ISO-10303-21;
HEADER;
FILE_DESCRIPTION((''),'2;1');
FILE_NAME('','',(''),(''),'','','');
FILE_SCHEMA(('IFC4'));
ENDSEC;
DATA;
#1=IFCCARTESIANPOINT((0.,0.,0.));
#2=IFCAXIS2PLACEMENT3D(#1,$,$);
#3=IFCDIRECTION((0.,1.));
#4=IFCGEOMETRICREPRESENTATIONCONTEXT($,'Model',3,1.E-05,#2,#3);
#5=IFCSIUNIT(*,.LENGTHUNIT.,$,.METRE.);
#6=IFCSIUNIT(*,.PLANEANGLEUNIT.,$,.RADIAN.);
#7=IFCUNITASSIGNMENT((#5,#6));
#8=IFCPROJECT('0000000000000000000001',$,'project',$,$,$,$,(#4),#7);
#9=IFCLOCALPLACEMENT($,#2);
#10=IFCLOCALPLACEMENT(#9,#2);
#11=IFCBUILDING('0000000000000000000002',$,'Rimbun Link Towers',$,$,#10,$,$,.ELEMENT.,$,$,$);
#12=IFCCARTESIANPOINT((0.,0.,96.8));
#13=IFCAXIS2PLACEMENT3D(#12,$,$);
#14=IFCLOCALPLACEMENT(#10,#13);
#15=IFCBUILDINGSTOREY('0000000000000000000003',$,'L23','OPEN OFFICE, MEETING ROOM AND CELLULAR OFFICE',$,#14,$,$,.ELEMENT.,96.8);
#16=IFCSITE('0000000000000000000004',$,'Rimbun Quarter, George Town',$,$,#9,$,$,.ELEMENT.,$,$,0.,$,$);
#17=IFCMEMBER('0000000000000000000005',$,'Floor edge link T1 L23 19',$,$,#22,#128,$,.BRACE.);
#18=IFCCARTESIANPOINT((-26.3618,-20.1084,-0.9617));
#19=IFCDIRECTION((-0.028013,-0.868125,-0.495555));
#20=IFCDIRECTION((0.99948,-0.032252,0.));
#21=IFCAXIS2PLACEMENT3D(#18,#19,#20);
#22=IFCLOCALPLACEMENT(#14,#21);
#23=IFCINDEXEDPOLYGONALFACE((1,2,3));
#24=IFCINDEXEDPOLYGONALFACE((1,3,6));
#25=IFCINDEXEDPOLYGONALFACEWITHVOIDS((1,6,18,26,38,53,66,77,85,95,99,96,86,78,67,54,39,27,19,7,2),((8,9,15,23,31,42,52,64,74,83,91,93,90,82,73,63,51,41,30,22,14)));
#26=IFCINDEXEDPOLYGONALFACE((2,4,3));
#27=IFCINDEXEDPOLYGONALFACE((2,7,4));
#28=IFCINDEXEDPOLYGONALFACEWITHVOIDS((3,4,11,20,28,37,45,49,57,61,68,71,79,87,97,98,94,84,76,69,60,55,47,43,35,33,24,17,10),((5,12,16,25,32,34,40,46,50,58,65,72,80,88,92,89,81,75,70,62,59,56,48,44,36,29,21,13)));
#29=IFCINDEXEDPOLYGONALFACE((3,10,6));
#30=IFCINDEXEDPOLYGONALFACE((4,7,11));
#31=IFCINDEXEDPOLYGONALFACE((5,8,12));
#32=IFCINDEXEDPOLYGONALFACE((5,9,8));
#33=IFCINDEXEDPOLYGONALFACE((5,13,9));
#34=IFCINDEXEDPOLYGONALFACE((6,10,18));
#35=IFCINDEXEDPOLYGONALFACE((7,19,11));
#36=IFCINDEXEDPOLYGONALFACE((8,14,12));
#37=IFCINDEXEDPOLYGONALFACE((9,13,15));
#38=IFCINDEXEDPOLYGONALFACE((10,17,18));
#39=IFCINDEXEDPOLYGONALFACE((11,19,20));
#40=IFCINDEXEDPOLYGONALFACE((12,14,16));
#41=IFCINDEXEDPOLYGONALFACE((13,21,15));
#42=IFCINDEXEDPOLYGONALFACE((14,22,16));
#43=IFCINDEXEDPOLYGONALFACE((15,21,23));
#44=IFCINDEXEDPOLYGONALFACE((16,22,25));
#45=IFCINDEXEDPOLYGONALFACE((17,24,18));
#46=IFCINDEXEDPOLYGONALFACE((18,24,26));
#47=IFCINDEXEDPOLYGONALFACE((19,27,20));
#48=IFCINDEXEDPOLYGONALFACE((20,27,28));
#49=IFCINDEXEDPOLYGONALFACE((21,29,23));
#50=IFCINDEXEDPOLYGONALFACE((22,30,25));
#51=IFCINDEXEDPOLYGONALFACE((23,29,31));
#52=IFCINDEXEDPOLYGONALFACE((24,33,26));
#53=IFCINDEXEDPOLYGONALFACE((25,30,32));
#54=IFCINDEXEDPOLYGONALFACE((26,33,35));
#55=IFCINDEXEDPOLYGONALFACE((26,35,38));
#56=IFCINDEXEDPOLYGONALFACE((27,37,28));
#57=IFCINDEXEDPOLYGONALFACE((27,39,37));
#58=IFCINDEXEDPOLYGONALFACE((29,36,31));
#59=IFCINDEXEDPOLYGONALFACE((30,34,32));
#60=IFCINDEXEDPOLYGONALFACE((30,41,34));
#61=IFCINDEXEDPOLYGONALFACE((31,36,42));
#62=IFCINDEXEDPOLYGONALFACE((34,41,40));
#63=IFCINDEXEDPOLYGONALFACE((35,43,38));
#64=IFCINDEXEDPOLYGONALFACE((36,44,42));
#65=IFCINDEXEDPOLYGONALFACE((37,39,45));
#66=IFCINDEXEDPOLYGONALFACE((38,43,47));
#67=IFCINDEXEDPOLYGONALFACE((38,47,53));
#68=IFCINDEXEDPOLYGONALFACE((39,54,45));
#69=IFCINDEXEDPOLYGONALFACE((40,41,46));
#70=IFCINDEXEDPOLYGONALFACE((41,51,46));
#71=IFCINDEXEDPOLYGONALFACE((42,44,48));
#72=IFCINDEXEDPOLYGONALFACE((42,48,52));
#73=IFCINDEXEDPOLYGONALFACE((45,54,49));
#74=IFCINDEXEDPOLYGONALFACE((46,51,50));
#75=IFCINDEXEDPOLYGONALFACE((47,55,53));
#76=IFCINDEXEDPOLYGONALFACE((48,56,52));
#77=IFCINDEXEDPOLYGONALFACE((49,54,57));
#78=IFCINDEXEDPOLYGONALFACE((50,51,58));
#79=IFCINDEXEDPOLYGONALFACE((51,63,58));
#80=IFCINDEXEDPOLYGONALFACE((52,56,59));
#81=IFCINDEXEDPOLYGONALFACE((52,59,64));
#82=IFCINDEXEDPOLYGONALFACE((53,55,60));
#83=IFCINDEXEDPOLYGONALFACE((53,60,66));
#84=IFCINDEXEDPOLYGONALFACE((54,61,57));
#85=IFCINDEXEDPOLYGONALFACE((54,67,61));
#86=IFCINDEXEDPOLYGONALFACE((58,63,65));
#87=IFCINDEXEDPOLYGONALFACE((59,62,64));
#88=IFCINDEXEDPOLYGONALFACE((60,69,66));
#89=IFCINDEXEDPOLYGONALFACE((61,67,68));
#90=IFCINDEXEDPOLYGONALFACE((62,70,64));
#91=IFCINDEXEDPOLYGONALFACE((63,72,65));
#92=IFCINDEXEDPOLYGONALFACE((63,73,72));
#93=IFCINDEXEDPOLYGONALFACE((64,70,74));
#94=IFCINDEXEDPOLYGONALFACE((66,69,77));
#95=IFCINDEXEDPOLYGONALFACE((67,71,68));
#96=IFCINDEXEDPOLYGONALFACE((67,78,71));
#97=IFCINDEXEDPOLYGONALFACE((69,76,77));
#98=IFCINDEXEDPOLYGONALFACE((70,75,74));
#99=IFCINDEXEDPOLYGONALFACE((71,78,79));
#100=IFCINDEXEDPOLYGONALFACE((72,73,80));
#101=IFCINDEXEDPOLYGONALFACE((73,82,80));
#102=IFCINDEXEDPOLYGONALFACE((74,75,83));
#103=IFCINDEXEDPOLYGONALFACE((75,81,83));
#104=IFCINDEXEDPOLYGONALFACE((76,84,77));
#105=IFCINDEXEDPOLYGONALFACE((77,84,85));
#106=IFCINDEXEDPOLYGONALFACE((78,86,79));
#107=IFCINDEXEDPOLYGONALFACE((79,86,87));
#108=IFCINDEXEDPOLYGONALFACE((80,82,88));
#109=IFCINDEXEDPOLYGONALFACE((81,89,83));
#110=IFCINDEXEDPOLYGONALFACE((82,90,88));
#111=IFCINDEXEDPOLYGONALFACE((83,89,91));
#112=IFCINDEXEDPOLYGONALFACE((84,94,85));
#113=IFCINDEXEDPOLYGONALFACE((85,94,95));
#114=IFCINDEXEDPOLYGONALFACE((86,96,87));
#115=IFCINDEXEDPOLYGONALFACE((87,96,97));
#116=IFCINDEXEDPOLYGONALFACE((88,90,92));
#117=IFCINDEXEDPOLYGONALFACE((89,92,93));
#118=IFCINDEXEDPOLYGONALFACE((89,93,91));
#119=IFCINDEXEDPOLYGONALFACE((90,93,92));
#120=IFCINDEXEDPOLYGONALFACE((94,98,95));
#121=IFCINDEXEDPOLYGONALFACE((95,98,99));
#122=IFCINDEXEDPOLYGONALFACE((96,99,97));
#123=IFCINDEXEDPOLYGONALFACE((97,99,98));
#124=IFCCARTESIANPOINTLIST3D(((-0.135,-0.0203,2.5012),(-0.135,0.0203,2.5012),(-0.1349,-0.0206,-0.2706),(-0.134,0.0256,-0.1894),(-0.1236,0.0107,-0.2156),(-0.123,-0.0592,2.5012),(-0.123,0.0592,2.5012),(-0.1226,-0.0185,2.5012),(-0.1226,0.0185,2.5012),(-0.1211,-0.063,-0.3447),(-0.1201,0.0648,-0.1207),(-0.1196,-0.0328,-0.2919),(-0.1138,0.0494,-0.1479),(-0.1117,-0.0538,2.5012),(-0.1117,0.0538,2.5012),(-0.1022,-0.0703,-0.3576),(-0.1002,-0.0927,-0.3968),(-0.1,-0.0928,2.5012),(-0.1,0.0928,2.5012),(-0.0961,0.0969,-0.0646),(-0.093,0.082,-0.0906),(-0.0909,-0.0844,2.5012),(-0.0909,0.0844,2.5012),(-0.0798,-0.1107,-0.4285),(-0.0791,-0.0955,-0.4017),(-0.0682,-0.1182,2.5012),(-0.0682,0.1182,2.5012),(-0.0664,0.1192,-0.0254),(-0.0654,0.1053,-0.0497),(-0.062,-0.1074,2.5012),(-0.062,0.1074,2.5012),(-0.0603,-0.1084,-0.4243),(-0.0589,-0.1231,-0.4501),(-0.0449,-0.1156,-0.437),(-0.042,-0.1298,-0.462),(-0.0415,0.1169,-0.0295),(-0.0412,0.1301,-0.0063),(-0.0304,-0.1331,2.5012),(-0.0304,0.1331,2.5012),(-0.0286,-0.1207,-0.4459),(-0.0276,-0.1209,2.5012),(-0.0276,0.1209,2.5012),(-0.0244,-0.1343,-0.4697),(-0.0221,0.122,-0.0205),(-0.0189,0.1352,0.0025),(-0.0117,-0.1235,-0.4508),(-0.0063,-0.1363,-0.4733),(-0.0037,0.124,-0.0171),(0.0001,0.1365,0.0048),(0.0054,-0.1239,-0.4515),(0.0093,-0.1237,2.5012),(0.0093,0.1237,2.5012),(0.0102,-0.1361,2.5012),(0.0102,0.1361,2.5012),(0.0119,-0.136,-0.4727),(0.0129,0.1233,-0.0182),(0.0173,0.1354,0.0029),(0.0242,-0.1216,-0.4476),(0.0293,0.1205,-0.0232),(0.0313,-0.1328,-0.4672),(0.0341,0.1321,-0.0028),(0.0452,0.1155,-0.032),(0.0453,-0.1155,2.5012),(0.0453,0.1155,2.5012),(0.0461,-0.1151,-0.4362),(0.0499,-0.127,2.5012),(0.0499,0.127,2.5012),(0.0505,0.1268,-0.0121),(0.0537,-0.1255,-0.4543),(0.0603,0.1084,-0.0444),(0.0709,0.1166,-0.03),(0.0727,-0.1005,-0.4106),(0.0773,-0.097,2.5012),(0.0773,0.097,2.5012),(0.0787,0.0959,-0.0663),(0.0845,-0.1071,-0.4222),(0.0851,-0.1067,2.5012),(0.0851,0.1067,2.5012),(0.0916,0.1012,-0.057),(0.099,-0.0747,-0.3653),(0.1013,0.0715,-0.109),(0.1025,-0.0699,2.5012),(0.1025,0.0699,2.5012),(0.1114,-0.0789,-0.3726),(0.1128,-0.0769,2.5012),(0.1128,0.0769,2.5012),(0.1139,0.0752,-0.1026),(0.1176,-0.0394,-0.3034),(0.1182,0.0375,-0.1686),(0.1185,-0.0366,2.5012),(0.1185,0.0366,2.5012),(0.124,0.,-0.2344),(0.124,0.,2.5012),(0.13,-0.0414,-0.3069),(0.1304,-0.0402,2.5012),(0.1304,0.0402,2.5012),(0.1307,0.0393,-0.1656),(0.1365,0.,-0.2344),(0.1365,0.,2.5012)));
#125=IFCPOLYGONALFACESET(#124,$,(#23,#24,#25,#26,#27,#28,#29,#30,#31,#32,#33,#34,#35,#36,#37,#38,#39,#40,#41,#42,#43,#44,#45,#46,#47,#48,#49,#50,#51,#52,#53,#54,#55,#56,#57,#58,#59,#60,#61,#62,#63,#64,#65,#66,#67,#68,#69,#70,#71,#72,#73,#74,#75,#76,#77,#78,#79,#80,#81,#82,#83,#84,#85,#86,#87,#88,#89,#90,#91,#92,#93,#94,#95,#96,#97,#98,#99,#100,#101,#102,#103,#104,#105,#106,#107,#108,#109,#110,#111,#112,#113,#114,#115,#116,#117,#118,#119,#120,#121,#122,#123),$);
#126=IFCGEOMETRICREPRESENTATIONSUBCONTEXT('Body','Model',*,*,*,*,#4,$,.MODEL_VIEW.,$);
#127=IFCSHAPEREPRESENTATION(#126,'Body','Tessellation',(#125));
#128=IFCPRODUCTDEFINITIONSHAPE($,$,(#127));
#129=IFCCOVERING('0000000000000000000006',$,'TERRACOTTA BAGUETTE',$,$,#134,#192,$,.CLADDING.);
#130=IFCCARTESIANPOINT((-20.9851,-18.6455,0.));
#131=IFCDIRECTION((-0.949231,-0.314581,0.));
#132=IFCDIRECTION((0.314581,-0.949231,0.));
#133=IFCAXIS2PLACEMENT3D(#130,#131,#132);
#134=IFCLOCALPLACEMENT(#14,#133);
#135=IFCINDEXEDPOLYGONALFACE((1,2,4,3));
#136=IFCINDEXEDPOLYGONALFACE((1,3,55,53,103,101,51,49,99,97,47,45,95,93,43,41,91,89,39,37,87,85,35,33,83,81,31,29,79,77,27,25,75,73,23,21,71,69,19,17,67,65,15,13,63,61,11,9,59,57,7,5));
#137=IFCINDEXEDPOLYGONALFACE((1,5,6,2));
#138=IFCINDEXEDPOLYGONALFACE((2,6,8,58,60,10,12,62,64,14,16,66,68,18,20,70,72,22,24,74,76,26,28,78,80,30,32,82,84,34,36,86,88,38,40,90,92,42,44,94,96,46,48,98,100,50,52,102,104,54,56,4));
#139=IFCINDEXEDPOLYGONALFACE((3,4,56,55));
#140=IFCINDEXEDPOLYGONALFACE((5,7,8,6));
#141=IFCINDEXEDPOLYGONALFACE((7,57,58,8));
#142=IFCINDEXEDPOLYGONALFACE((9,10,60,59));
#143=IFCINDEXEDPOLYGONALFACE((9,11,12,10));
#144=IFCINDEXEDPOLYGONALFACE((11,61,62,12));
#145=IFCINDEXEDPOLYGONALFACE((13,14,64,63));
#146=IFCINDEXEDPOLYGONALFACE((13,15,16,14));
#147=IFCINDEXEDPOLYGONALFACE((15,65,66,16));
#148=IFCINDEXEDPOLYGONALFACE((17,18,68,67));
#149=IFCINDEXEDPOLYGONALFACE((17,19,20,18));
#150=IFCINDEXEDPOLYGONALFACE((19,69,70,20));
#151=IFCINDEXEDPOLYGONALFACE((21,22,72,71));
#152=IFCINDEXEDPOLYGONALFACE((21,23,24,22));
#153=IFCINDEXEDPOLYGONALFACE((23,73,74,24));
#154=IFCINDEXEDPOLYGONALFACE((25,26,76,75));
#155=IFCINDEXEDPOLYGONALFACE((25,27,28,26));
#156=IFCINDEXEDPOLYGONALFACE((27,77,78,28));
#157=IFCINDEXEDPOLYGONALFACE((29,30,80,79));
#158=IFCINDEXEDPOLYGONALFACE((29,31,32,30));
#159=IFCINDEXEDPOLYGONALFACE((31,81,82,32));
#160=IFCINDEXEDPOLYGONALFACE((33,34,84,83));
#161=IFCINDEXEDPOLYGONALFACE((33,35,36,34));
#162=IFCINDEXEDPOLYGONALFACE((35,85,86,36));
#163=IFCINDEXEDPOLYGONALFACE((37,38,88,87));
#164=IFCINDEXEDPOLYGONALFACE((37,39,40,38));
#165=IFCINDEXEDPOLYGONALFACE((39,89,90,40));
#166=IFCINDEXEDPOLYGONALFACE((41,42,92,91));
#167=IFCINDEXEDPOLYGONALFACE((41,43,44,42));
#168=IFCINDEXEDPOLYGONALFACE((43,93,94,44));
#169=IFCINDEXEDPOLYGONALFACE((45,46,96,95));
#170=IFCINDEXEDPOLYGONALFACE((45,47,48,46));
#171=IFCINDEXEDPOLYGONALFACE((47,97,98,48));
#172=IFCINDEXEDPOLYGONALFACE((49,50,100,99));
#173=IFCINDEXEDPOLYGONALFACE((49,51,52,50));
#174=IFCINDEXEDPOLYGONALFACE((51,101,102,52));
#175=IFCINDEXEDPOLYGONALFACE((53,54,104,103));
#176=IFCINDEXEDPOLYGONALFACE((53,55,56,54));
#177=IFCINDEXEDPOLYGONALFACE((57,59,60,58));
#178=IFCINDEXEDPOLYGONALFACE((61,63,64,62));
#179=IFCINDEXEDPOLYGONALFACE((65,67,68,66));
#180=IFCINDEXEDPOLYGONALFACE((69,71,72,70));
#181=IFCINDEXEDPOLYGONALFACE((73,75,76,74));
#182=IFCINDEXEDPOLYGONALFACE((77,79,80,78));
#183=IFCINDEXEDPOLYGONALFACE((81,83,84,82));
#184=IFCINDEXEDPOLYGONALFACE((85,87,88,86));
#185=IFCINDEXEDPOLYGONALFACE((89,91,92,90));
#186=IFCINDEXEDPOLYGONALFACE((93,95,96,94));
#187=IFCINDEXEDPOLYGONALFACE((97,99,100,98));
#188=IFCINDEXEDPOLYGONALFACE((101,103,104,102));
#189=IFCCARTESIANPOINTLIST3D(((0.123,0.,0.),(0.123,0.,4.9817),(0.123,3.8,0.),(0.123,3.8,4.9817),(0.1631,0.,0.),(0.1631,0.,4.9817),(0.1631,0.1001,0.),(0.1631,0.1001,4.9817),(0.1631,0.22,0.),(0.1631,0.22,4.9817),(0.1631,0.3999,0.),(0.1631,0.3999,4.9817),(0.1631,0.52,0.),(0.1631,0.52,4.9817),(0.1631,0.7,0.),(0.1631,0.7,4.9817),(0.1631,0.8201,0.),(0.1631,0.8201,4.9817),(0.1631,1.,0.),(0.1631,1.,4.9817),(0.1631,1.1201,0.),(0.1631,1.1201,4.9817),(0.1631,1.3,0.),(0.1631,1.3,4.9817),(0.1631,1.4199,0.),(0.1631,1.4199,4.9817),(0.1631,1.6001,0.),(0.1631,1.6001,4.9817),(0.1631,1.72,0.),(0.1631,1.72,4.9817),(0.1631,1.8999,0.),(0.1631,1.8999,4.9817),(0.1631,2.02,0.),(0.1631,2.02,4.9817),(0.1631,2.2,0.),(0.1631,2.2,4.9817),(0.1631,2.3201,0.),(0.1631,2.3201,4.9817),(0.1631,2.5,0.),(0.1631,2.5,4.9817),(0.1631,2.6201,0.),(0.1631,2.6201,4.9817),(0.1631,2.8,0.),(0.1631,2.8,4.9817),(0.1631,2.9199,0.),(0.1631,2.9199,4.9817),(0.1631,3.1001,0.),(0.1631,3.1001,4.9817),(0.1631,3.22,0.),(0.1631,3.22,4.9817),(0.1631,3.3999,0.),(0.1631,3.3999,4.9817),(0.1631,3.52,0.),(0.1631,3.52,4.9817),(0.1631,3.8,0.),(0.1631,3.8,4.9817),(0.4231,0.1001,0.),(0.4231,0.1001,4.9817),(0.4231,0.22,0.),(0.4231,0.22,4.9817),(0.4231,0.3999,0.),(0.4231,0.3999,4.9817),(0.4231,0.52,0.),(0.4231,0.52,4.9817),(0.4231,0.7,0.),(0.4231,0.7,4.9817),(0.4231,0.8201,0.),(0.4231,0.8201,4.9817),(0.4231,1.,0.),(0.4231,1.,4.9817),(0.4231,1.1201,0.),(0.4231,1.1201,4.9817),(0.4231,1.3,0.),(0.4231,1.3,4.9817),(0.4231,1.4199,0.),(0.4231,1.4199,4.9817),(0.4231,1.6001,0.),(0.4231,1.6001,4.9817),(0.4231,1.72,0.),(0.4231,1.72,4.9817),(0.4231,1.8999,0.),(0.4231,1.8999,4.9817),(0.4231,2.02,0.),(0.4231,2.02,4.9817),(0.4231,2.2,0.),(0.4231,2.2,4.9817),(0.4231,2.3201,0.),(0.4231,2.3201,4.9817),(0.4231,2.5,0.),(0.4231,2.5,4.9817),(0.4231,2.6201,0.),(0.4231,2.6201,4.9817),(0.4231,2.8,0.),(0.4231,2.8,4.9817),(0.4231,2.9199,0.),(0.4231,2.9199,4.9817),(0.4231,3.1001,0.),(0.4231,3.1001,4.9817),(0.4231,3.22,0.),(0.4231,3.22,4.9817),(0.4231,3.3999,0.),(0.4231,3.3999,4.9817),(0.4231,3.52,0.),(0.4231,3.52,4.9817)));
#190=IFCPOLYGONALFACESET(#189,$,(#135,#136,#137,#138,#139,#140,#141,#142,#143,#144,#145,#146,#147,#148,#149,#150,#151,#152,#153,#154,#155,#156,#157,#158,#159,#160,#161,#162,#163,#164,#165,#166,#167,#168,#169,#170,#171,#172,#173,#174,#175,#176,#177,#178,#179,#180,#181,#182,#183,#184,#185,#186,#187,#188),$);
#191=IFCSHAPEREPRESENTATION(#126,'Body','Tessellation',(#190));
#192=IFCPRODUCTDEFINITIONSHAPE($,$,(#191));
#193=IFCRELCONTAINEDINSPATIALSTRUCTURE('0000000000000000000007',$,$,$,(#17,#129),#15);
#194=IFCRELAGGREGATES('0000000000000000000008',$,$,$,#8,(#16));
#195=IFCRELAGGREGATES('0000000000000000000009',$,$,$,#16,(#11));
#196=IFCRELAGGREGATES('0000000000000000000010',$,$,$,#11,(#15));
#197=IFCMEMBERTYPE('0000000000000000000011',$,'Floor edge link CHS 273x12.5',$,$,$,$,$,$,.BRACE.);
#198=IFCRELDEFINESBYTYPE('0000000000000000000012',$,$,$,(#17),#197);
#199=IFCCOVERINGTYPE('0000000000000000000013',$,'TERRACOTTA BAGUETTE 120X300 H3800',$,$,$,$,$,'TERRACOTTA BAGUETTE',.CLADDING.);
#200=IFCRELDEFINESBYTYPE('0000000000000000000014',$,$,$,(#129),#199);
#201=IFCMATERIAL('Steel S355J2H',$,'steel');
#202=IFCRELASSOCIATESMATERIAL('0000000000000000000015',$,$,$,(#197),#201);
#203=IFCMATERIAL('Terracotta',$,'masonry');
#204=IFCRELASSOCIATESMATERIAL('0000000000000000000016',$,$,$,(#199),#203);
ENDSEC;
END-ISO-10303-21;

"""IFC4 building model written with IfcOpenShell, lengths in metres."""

from ifc_helpers import new_model, si_unit, direction, frame, origin, origin_2d, place, context, subcontext, project, spatial, polyline, hollow_circle, outline, extrude, clip, halfspace, material, material_profile, profile_set, type_object, element, save


model = new_model("IFC4")

# Units and contexts
model_context = context("Model", 3, precision=1e-05, world=origin(), true_north=direction((0.0, 1.0)))
body_context = subcontext(model_context, "Body", "Model", "MODEL_VIEW")
ifc_project = project(units=[si_unit("LENGTHUNIT", "METRE"), si_unit("PLANEANGLEUNIT", "RADIAN")], contexts=[model_context])

# Site, building, storey
site_placement = place(None, origin())
site = spatial("IfcSite", under=ifc_project, at=site_placement, Name="Rimbun Quarter, George Town", CompositionType="ELEMENT", RefElevation=0.0)
building_placement = place(site_placement, origin())
building = spatial("IfcBuilding", under=site, at=building_placement, Name="Rimbun Link Towers", CompositionType="ELEMENT")
storey_placement = place(building_placement, frame((0.0, 0.0, 96.8)))
storey = spatial("IfcBuildingStorey", under=building, at=storey_placement, Name="L23", Description="OPEN OFFICE, MEETING ROOM AND CELLULAR OFFICE", CompositionType="ELEMENT", Elevation=96.8)

# Member
ifc_material_1 = material(Name="Steel S355J2H", Category="steel")
ifc_material_profile_1 = material_profile(ifc_material_1, hollow_circle(Radius=0.1365, WallThickness=0.0125, at=origin_2d()), Name="CHS 273x12.5")
ifc_profile_set_1 = profile_set([ifc_material_profile_1], Name="Steel S355J2H")
member_type_1 = type_object("IfcMemberType", Name="Floor edge link CHS 273x12.5", PredefinedType="BRACE", material=ifc_profile_set_1)
member_1_placement = place(storey_placement, frame((-26.3618, -20.1084, -0.9617), z_axis=(-0.028013, -0.868125, -0.495555), x_axis=(0.99948, -0.032252, 0.0)))
element("IfcMember", 1, at=member_1_placement, inside=storey, type_object=member_type_1, Name="Floor edge link T1 L23 19", PredefinedType="BRACE", context=body_context, shape_type="Clipping", body=[
    clip(extrude(hollow_circle(Radius=0.1365, WallThickness=0.0125, at=origin_2d()), frame((0.0, 0.0, -0.4988)), (0.0, 0.0, 1.0), 3.0), halfspace(frame((0.0, 0.0, -0.2344), z_axis=(0.0, 0.868576, -0.495555)), False)),
])

# Covering
ifc_material_2 = material(Name="Terracotta", Category="masonry")
ifc_material_profile_2 = material_profile(ifc_material_2, outline(polyline([(0.123, 0.0), (0.1631, 0.0), (0.1631, 0.1001), (0.4231, 0.1001), (0.4231, 0.22), (0.1631, 0.22), (0.1631, 0.3999), (0.4231, 0.3999), (0.4231, 0.52), (0.1631, 0.52), (0.1631, 0.7), (0.4231, 0.7), (0.4231, 0.8201), (0.1631, 0.8201), (0.1631, 1.0), (0.4231, 1.0), (0.4231, 1.1201), (0.1631, 1.1201), (0.1631, 1.3), (0.4231, 1.3), (0.4231, 1.4199), (0.1631, 1.4199), (0.1631, 1.6001), (0.4231, 1.6001), (0.4231, 1.72), (0.1631, 1.72), (0.1631, 1.8999), (0.4231, 1.8999), (0.4231, 2.02), (0.1631, 2.02), (0.1631, 2.2), (0.4231, 2.2), (0.4231, 2.3201), (0.1631, 2.3201), (0.1631, 2.5), (0.4231, 2.5), (0.4231, 2.6201), (0.1631, 2.6201), (0.1631, 2.8), (0.4231, 2.8), (0.4231, 2.9199), (0.1631, 2.9199), (0.1631, 3.1001), (0.4231, 3.1001), (0.4231, 3.22), (0.1631, 3.22), (0.1631, 3.3999), (0.4231, 3.3999), (0.4231, 3.52), (0.1631, 3.52), (0.1631, 3.8), (0.123, 3.8), (0.123, 0.0)])), Name="BAGUETTE 120X300")
ifc_profile_set_2 = profile_set([ifc_material_profile_2], Name="Terracotta")
covering_type = type_object("IfcCoveringType", Name="TERRACOTTA BAGUETTE 120X300 H3800", ElementType="TERRACOTTA BAGUETTE", PredefinedType="CLADDING", material=ifc_profile_set_2)
covering_1_placement = place(storey_placement, frame((-20.9851, -18.6455, 0.0), z_axis=(-0.949231, -0.314581, 0.0), x_axis=(0.314581, -0.949231, 0.0)))
element("IfcCovering", 2, at=covering_1_placement, inside=storey, type_object=covering_type, Name="TERRACOTTA BAGUETTE", PredefinedType="CLADDING", context=body_context, shape_type="SweptSolid", body=[
    extrude(outline(polyline([(0.123, 0.0), (0.1631, 0.0), (0.1631, 0.1001), (0.4231, 0.1001), (0.4231, 0.22), (0.1631, 0.22), (0.1631, 0.3999), (0.4231, 0.3999), (0.4231, 0.52), (0.1631, 0.52), (0.1631, 0.7), (0.4231, 0.7), (0.4231, 0.8201), (0.1631, 0.8201), (0.1631, 1.0), (0.4231, 1.0), (0.4231, 1.1201), (0.1631, 1.1201), (0.1631, 1.3), (0.4231, 1.3), (0.4231, 1.4199), (0.1631, 1.4199), (0.1631, 1.6001), (0.4231, 1.6001), (0.4231, 1.72), (0.1631, 1.72), (0.1631, 1.8999), (0.4231, 1.8999), (0.4231, 2.02), (0.1631, 2.02), (0.1631, 2.2), (0.4231, 2.2), (0.4231, 2.3201), (0.1631, 2.3201), (0.1631, 2.5), (0.4231, 2.5), (0.4231, 2.6201), (0.1631, 2.6201), (0.1631, 2.8), (0.4231, 2.8), (0.4231, 2.9199), (0.1631, 2.9199), (0.1631, 3.1001), (0.4231, 3.1001), (0.4231, 3.22), (0.1631, 3.22), (0.1631, 3.3999), (0.4231, 3.3999), (0.4231, 3.52), (0.1631, 3.52), (0.1631, 3.8), (0.123, 3.8), (0.123, 0.0)])), origin(), (0.0, 0.0, 1.0), 4.9817),
])

save(model, "model.ifc")
